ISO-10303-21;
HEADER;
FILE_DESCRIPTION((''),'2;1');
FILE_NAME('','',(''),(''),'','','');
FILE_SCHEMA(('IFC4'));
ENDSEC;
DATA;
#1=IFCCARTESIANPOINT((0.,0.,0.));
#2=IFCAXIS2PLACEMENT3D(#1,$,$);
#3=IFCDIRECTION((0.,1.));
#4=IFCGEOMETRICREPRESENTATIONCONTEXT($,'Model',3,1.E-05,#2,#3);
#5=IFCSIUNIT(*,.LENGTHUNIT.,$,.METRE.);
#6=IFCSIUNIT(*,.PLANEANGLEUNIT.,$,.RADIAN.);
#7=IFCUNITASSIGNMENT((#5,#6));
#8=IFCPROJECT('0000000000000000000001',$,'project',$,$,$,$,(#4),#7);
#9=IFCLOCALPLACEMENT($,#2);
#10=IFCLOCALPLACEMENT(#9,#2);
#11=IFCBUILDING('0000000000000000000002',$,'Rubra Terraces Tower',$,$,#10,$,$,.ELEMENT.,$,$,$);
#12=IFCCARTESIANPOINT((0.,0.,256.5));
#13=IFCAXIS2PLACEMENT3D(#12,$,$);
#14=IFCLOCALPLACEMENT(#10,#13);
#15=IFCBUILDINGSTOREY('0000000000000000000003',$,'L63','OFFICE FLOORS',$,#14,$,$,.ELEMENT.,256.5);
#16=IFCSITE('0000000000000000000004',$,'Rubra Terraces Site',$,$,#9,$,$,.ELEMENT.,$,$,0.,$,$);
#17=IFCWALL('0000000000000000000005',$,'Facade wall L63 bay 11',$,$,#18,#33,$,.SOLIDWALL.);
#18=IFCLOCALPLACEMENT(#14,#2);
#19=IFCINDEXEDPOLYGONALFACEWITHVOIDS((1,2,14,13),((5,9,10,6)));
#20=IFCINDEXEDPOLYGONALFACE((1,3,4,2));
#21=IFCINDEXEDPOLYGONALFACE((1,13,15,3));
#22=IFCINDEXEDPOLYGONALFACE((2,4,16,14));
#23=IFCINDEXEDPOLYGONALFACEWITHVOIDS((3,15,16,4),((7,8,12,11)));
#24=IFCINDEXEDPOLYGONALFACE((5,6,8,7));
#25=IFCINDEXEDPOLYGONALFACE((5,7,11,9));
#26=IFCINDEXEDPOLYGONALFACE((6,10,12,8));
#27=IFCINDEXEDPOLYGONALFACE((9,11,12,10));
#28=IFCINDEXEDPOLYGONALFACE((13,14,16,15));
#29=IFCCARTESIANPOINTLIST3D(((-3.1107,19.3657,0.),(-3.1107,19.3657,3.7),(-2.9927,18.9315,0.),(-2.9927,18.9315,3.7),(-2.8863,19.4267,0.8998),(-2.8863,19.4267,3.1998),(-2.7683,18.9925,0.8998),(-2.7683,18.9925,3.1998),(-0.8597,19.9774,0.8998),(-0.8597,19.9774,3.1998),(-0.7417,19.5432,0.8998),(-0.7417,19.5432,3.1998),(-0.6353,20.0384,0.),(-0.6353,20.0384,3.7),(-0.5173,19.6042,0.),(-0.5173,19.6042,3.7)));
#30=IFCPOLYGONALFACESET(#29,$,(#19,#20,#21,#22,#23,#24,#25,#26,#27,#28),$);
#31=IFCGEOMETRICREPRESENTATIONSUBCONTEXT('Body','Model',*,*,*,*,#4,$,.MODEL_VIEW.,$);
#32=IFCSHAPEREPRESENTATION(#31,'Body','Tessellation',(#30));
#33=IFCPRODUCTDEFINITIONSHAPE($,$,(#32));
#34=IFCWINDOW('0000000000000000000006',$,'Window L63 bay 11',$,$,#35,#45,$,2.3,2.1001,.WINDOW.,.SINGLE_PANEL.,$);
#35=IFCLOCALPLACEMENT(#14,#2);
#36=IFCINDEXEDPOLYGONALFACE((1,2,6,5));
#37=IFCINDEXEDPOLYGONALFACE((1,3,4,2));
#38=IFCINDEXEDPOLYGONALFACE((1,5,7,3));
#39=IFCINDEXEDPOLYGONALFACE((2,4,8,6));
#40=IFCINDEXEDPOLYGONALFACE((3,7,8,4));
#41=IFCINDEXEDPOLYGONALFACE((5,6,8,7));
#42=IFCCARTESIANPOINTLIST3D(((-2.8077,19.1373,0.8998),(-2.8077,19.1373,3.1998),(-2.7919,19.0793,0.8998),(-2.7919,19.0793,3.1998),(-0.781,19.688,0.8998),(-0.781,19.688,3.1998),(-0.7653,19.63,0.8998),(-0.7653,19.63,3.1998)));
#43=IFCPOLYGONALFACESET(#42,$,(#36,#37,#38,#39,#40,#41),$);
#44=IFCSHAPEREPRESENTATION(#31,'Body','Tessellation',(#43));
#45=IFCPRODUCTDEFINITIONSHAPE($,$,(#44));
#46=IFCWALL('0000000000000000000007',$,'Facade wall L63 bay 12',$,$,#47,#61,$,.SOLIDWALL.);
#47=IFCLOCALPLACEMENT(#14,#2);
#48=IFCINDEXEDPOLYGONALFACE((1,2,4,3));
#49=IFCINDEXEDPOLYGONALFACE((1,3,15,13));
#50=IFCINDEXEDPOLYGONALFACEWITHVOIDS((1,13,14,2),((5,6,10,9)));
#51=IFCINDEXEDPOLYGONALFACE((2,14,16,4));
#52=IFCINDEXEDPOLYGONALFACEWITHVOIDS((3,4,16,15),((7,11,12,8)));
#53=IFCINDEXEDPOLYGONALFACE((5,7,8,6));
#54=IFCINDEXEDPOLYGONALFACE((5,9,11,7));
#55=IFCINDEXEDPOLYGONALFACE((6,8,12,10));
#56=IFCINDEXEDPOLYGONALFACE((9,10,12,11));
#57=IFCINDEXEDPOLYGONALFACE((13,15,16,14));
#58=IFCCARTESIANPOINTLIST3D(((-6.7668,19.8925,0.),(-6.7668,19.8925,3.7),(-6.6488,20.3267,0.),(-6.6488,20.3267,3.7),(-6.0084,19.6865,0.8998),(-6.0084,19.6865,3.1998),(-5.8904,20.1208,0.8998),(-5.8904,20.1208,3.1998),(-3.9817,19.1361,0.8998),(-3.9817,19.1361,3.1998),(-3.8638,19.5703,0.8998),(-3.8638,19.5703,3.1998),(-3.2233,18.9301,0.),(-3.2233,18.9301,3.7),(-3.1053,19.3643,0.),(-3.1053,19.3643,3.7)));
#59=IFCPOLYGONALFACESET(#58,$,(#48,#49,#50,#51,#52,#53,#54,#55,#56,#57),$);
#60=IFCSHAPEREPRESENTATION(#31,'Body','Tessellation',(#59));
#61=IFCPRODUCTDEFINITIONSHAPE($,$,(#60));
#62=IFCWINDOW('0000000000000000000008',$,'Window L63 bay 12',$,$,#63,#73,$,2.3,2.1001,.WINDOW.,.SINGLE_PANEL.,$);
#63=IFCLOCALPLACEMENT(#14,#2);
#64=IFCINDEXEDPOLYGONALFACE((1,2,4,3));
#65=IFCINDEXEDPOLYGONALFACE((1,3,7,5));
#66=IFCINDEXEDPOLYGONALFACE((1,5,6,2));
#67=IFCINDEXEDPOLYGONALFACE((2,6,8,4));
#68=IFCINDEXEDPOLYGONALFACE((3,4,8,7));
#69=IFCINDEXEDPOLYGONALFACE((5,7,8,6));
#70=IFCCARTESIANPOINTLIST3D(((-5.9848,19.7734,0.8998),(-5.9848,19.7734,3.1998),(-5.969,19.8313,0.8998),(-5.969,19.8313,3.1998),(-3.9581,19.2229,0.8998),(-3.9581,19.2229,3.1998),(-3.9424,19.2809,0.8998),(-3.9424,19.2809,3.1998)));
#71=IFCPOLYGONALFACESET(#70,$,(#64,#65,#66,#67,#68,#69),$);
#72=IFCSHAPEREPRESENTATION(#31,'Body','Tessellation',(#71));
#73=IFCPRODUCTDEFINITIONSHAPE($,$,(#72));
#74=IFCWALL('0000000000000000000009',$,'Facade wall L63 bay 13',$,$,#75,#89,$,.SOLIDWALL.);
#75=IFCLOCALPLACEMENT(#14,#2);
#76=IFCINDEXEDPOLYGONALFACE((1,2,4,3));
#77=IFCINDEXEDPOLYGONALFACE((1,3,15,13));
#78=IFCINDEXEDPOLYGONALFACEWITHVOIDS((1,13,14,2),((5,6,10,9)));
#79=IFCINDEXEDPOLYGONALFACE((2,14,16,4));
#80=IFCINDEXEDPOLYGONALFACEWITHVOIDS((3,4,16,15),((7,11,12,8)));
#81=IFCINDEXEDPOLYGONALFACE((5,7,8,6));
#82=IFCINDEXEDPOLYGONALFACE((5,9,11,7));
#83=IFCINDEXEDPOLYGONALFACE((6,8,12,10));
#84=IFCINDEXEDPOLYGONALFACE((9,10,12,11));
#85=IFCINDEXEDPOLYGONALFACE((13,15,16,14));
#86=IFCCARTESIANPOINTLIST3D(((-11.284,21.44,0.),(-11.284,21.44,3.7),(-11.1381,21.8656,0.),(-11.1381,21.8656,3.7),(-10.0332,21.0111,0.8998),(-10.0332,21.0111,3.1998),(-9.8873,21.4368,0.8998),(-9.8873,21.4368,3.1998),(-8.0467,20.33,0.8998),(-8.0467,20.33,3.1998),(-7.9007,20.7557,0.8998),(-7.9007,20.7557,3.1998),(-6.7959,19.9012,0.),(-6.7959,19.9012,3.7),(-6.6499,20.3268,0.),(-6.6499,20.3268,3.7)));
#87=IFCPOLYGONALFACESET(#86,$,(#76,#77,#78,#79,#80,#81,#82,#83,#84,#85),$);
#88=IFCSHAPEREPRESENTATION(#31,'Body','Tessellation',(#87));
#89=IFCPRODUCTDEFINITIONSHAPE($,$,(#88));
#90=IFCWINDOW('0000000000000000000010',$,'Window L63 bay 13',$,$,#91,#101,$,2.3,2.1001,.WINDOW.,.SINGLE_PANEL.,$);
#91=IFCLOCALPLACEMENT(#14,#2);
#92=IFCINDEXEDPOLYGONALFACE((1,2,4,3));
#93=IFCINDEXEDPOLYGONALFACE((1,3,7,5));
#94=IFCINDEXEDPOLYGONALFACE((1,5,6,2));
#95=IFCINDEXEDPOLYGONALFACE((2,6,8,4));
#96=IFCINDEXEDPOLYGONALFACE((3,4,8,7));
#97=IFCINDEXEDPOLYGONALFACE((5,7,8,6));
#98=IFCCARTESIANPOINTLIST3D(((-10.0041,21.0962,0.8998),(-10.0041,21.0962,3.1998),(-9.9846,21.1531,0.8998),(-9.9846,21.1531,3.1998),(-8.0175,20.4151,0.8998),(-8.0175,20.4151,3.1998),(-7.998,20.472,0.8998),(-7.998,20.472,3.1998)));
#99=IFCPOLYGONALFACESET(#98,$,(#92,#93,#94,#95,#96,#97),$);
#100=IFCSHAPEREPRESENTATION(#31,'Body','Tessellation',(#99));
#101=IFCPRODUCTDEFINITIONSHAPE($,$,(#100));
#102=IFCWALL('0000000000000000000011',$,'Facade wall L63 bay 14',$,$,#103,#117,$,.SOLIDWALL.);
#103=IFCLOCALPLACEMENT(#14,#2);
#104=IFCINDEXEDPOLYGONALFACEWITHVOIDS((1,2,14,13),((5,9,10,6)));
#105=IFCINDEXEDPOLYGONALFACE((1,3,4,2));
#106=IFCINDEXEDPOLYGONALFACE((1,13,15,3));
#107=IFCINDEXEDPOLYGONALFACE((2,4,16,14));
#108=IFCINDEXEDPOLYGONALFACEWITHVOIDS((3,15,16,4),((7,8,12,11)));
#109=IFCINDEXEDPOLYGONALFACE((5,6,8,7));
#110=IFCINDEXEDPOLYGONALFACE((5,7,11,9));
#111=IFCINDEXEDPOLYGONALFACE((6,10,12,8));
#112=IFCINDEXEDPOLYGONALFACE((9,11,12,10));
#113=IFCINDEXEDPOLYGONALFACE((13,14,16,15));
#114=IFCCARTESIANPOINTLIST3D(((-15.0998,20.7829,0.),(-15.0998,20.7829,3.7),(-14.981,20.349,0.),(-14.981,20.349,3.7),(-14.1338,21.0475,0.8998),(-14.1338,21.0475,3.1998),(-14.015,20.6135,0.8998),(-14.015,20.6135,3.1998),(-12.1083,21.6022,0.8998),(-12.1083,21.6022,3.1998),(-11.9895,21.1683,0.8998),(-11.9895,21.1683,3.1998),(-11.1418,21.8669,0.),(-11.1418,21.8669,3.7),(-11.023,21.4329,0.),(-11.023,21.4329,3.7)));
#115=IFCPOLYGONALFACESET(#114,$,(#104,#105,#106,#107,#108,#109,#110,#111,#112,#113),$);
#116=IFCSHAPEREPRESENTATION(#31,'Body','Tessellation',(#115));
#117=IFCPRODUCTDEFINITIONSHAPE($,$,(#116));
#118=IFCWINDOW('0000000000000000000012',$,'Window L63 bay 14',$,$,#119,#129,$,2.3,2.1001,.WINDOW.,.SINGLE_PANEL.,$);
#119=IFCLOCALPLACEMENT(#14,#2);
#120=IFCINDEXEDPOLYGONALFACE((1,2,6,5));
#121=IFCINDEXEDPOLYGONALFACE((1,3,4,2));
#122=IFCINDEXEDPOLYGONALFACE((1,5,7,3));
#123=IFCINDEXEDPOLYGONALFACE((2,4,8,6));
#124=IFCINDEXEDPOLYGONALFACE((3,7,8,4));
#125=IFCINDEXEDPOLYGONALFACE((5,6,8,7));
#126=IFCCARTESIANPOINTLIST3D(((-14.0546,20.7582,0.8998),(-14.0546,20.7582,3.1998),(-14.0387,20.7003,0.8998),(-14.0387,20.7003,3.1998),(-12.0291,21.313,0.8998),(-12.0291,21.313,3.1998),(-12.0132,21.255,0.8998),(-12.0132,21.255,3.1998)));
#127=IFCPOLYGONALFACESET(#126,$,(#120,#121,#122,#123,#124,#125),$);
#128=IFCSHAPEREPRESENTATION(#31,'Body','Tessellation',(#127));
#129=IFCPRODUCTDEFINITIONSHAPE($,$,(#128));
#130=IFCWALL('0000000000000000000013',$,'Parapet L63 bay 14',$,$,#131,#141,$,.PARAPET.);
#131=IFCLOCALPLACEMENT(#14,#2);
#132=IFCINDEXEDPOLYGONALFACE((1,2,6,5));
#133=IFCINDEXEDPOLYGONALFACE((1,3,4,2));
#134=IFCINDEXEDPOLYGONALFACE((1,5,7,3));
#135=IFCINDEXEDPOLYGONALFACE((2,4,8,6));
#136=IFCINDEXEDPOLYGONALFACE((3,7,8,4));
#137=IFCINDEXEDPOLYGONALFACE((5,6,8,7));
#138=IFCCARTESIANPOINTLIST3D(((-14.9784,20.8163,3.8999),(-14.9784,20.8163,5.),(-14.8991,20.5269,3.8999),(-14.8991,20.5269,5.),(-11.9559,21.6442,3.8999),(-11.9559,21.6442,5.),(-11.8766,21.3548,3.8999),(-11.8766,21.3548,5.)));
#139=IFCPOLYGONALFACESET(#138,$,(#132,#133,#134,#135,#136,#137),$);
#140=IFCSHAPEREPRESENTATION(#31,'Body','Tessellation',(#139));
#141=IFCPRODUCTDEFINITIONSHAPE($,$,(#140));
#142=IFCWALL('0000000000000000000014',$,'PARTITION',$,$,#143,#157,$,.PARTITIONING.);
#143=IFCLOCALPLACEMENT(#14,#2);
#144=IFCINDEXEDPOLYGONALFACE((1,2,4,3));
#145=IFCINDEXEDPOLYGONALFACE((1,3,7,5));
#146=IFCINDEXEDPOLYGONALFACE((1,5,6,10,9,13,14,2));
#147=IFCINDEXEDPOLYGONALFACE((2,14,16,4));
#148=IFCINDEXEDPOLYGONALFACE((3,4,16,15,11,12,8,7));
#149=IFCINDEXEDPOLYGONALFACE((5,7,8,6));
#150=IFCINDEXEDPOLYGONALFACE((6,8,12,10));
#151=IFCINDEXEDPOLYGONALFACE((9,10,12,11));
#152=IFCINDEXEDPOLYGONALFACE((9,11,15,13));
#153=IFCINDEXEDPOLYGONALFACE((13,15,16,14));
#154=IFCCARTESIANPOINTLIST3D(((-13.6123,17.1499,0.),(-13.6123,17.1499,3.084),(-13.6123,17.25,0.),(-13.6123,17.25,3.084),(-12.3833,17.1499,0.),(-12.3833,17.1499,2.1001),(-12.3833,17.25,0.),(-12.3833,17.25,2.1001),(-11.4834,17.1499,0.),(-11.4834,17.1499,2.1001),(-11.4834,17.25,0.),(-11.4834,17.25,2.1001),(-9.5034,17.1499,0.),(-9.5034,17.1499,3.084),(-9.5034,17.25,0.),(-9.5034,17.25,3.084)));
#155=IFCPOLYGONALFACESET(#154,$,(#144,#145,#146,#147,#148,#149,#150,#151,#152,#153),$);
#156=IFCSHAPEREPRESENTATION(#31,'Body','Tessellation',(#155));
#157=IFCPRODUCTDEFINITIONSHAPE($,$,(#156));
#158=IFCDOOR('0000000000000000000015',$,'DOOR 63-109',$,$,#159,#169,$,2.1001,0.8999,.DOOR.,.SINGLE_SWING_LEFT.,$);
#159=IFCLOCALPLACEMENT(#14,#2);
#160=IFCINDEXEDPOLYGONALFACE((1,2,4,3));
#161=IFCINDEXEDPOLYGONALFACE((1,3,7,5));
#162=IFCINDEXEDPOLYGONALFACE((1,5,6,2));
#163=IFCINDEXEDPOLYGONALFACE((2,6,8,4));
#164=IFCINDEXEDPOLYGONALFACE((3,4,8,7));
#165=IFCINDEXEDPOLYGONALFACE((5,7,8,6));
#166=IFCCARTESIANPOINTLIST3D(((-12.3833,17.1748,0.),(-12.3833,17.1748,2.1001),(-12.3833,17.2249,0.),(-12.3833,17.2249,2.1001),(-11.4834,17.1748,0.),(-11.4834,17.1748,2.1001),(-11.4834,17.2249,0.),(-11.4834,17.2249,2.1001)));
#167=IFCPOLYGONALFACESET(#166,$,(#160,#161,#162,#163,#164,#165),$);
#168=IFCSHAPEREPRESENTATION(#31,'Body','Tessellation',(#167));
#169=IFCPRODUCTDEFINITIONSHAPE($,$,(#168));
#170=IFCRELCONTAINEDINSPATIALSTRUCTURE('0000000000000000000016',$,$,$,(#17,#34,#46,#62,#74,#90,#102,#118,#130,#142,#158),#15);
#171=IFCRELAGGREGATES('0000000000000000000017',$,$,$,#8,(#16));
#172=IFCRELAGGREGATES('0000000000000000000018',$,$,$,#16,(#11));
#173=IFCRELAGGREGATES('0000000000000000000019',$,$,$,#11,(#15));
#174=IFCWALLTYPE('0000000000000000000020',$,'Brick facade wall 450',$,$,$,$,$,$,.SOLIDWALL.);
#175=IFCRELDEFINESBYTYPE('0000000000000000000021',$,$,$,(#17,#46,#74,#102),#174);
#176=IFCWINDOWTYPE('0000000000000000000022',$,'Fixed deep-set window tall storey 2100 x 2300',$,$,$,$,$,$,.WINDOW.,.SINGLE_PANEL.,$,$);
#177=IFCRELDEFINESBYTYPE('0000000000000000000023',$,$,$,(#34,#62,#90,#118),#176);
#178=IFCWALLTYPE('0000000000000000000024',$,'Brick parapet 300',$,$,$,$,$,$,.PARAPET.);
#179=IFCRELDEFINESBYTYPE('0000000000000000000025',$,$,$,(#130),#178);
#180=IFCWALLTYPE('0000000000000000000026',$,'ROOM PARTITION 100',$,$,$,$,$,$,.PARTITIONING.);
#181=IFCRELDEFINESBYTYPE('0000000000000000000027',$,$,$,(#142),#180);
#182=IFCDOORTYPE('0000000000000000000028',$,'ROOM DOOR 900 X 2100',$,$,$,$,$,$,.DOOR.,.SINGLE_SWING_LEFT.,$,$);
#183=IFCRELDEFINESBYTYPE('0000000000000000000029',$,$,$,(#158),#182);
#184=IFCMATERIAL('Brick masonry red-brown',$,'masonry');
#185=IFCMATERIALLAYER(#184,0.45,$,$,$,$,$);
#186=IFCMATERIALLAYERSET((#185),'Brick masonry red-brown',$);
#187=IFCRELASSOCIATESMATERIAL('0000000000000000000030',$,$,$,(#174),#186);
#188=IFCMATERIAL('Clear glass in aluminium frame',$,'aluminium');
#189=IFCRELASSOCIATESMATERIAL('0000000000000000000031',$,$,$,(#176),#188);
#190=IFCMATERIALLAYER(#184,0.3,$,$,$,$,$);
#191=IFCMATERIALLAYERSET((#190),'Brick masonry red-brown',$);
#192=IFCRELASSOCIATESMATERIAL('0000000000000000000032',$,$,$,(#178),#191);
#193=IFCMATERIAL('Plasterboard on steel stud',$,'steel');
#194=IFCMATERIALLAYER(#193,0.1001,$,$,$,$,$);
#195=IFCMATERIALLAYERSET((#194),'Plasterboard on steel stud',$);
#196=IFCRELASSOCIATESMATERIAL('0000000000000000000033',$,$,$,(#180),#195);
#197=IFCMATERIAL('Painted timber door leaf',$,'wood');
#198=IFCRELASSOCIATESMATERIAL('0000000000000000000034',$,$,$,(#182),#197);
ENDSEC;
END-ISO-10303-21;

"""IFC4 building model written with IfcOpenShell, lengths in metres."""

from ifc_helpers import new_model, si_unit, direction, frame, frame_2d, origin, place, context, subcontext, project, spatial, rectangle, extrude, material, layer, layer_set, type_object, element, fill, save


model = new_model("IFC4")

# Units and contexts
model_context = context("Model", 3, precision=1e-05, world=origin(), true_north=direction((0.0, 1.0)))
body_context = subcontext(model_context, "Body", "Model", "MODEL_VIEW")
ifc_project = project(units=[si_unit("LENGTHUNIT", "METRE"), si_unit("PLANEANGLEUNIT", "RADIAN")], contexts=[model_context])

# Site, building, storey
site_placement = place(None, origin())
site = spatial("IfcSite", under=ifc_project, at=site_placement, Name="Rubra Terraces Site", CompositionType="ELEMENT", RefElevation=0.0)
building_placement = place(site_placement, origin())
building = spatial("IfcBuilding", under=site, at=building_placement, Name="Rubra Terraces Tower", CompositionType="ELEMENT")
storey_placement = place(building_placement, frame((0.0, 0.0, 256.5)))
storey = spatial("IfcBuildingStorey", under=building, at=storey_placement, Name="L63", Description="OFFICE FLOORS", CompositionType="ELEMENT", Elevation=256.5)

# Walls, openings, windows
ifc_material_1 = material(Name="Brick masonry red-brown", Category="masonry")
ifc_layer_1 = layer(ifc_material_1, 0.45)
ifc_layer_set_1 = layer_set([ifc_layer_1], Name="Brick masonry red-brown")
wall_type_1 = type_object("IfcWallType", Name="Brick facade wall 450", PredefinedType="SOLIDWALL", material=ifc_layer_set_1)
wall_1_placement = place(storey_placement, frame((-0.5762, 19.8213, 0.0), z_axis=(0.0, 0.0, 1.0), x_axis=(-0.965009, -0.262215, 0.0)))
wall_1 = element("IfcWall", 1, at=wall_1_placement, inside=storey, type_object=wall_type_1, Name="Facade wall L63 bay 11", PredefinedType="SOLIDWALL", context=body_context, shape_type="SweptSolid", body=[
    extrude(rectangle(XDim=2.5652, YDim=0.45, at=frame_2d((1.2827, 0.0))), origin(), (0.0, 0.0, 1.0), 3.7),
])
opening_1_placement = place(wall_1_placement, frame((0.2327, 0.0, 0.8999)))
opening_1 = element("IfcOpeningElement", 2, at=opening_1_placement, cuts=wall_1, PredefinedType="OPENING", context=body_context, shape_type="SweptSolid", body=[
    extrude(rectangle(XDim=2.1001, YDim=2.3, at=frame_2d((1.05, 1.1499))), frame((0.0, 0.2349, 0.0), z_axis=(0.0, -1.0, 0.0), x_axis=(1.0, 0.0, 0.0)), (0.0, 0.0, 1.0), 0.47),
])
ifc_material_2 = material(Name="Clear glass in aluminium frame", Category="aluminium")
window_type = type_object("IfcWindowType", Name="Fixed deep-set window tall storey 2100 x 2300", PartitioningType="SINGLE_PANEL", PredefinedType="WINDOW", material=ifc_material_2)
window_1_placement = place(opening_1_placement, origin())
window_1 = element("IfcWindow", 3, at=window_1_placement, inside=storey, type_object=window_type, Name="Window L63 bay 11", OverallHeight=2.3, OverallWidth=2.1001, PartitioningType="SINGLE_PANEL", PredefinedType="WINDOW", context=body_context, shape_type="SweptSolid", body=[
    extrude(rectangle(XDim=2.1001, YDim=2.3, at=frame_2d((1.05, 1.1499))), frame((0.0, 0.135, 0.0), z_axis=(0.0, -1.0, 0.0), x_axis=(1.0, 0.0, 0.0)), (0.0, 0.0, 1.0), 0.0601),
])
fill(opening_1, window_1)
wall_2_placement = place(storey_placement, frame((-3.1643, 19.1472, 0.0), z_axis=(0.0, 0.0, 1.0), x_axis=(-0.965039, 0.262105, 0.0)))
wall_2 = element("IfcWall", 4, at=wall_2_placement, inside=storey, type_object=wall_type_1, Name="Facade wall L63 bay 12", PredefinedType="SOLIDWALL", context=body_context, shape_type="SweptSolid", body=[
    extrude(rectangle(XDim=3.6719, YDim=0.45, at=frame_2d((1.8359, 0.0))), origin(), (0.0, 0.0, 1.0), 3.7),
])
opening_2_placement = place(wall_2_placement, frame((0.7859, 0.0, 0.8999)))
opening_2 = element("IfcOpeningElement", 5, at=opening_2_placement, cuts=wall_2, PredefinedType="OPENING", context=body_context, shape_type="SweptSolid", body=[
    extrude(rectangle(XDim=2.1001, YDim=2.3, at=frame_2d((1.05, 1.1499))), frame((0.0, 0.2349, 0.0), z_axis=(0.0, -1.0, 0.0), x_axis=(1.0, 0.0, 0.0)), (0.0, 0.0, 1.0), 0.47),
])
window_2_placement = place(opening_2_placement, origin())
window_2 = element("IfcWindow", 6, at=window_2_placement, inside=storey, type_object=window_type, Name="Window L63 bay 12", OverallHeight=2.3, OverallWidth=2.1001, PartitioningType="SINGLE_PANEL", PredefinedType="WINDOW", context=body_context, shape_type="SweptSolid", body=[
    extrude(rectangle(XDim=2.1001, YDim=2.3, at=frame_2d((1.05, 1.1499))), frame((0.0, 0.135, 0.0), z_axis=(0.0, -1.0, 0.0), x_axis=(1.0, 0.0, 0.0)), (0.0, 0.0, 1.0), 0.0601),
])
fill(opening_2, window_2)
wall_3_placement = place(storey_placement, frame((-6.7229, 20.114, 0.0), z_axis=(0.0, 0.0, 1.0), x_axis=(-0.945947, 0.32432, 0.0)))
wall_3 = element("IfcWall", 7, at=wall_3_placement, inside=storey, type_object=wall_type_1, Name="Facade wall L63 bay 13", PredefinedType="SOLIDWALL", context=body_context, shape_type="SweptSolid", body=[
    extrude(rectangle(XDim=4.7446, YDim=0.45, at=frame_2d((2.3723, 0.0))), origin(), (0.0, 0.0, 1.0), 3.7),
])
opening_3_placement = place(wall_3_placement, frame((1.3223, 0.0, 0.8999)))
opening_3 = element("IfcOpeningElement", 8, at=opening_3_placement, cuts=wall_3, PredefinedType="OPENING", context=body_context, shape_type="SweptSolid", body=[
    extrude(rectangle(XDim=2.1001, YDim=2.3, at=frame_2d((1.05, 1.1499))), frame((0.0, 0.2349, 0.0), z_axis=(0.0, -1.0, 0.0), x_axis=(1.0, 0.0, 0.0)), (0.0, 0.0, 1.0), 0.47),
])
window_3_placement = place(opening_3_placement, origin())
window_3 = element("IfcWindow", 9, at=window_3_placement, inside=storey, type_object=window_type, Name="Window L63 bay 13", OverallHeight=2.3, OverallWidth=2.1001, PartitioningType="SINGLE_PANEL", PredefinedType="WINDOW", context=body_context, shape_type="SweptSolid", body=[
    extrude(rectangle(XDim=2.1001, YDim=2.3, at=frame_2d((1.05, 1.1499))), frame((0.0, 0.135, 0.0), z_axis=(0.0, -1.0, 0.0), x_axis=(1.0, 0.0, 0.0)), (0.0, 0.0, 1.0), 0.0601),
])
fill(opening_3, window_3)
wall_4_placement = place(storey_placement, frame((-11.0825, 21.6499, 0.0), z_axis=(0.0, 0.0, 1.0), x_axis=(-0.964483, -0.264144, 0.0)))
wall_4 = element("IfcWall", 10, at=wall_4_placement, inside=storey, type_object=wall_type_1, Name="Facade wall L63 bay 14", PredefinedType="SOLIDWALL", context=body_context, shape_type="SweptSolid", body=[
    extrude(rectangle(XDim=4.1038, YDim=0.45, at=frame_2d((2.0518, 0.0))), origin(), (0.0, 0.0, 1.0), 3.7),
])
opening_4_placement = place(wall_4_placement, frame((1.002, 0.0, 0.8999)))
opening_4 = element("IfcOpeningElement", 11, at=opening_4_placement, cuts=wall_4, PredefinedType="OPENING", context=body_context, shape_type="SweptSolid", body=[
    extrude(rectangle(XDim=2.1001, YDim=2.3, at=frame_2d((1.05, 1.1499))), frame((0.0, 0.2349, 0.0), z_axis=(0.0, -1.0, 0.0), x_axis=(1.0, 0.0, 0.0)), (0.0, 0.0, 1.0), 0.47),
])
window_4_placement = place(opening_4_placement, origin())
window_4 = element("IfcWindow", 12, at=window_4_placement, inside=storey, type_object=window_type, Name="Window L63 bay 14", OverallHeight=2.3, OverallWidth=2.1001, PartitioningType="SINGLE_PANEL", PredefinedType="WINDOW", context=body_context, shape_type="SweptSolid", body=[
    extrude(rectangle(XDim=2.1001, YDim=2.3, at=frame_2d((1.05, 1.1499))), frame((0.0, 0.135, 0.0), z_axis=(0.0, -1.0, 0.0), x_axis=(1.0, 0.0, 0.0)), (0.0, 0.0, 1.0), 0.0601),
])
fill(opening_4, window_4)

# Wall
ifc_layer_2 = layer(ifc_material_1, 0.3)
ifc_layer_set_2 = layer_set([ifc_layer_2], Name="Brick masonry red-brown")
wall_type_2 = type_object("IfcWallType", Name="Brick parapet 300", PredefinedType="PARAPET", material=ifc_layer_set_2)
wall_5_placement = place(storey_placement, frame((-11.9163, 21.4995, 3.8999), z_axis=(0.0, 0.0, 1.0), x_axis=(-0.964474, -0.264179, 0.0)))
element("IfcWall", 13, at=wall_5_placement, inside=storey, type_object=wall_type_2, Name="Parapet L63 bay 14", PredefinedType="PARAPET", context=body_context, shape_type="SweptSolid", body=[
    extrude(rectangle(XDim=3.1338, YDim=0.3, at=frame_2d((1.5669, 0.0))), origin(), (0.0, 0.0, 1.0), 1.1001),
])

# Wall, opening, door
ifc_material_3 = material(Name="Plasterboard on steel stud", Category="steel")
ifc_layer_3 = layer(ifc_material_3, 0.1001)
ifc_layer_set_3 = layer_set([ifc_layer_3], Name="Plasterboard on steel stud")
wall_type_3 = type_object("IfcWallType", Name="ROOM PARTITION 100", PredefinedType="PARTITIONING", material=ifc_layer_set_3)
wall_6_placement = place(storey_placement, frame((-13.6123, 17.2, 0.0), z_axis=(0.0, 0.0, 1.0), x_axis=(1.0, 0.0, 0.0)))
wall_6 = element("IfcWall", 14, at=wall_6_placement, inside=storey, type_object=wall_type_3, Name="PARTITION", PredefinedType="PARTITIONING", context=body_context, shape_type="SweptSolid", body=[
    extrude(rectangle(XDim=4.1089, YDim=0.1001, at=frame_2d((2.0544, 0.0))), origin(), (0.0, 0.0, 1.0), 3.084),
])
opening_5_placement = place(wall_6_placement, frame((1.229, 0.0, 0.0)))
opening_5 = element("IfcOpeningElement", 15, at=opening_5_placement, cuts=wall_6, PredefinedType="OPENING", context=body_context, shape_type="SweptSolid", body=[
    extrude(rectangle(XDim=0.8999, YDim=2.1001, at=frame_2d((0.45, 1.05))), frame((0.0, 0.0601, 0.0), z_axis=(0.0, -1.0, 0.0), x_axis=(1.0, 0.0, 0.0)), (0.0, 0.0, 1.0), 0.1201),
])
ifc_material_4 = material(Name="Painted timber door leaf", Category="wood")
door_type_1 = type_object("IfcDoorType", Name="ROOM DOOR 900 X 2100", OperationType="SINGLE_SWING_LEFT", PredefinedType="DOOR", material=ifc_material_4)
door_1_placement = place(opening_5_placement, origin())
door_1 = element("IfcDoor", 16, at=door_1_placement, inside=storey, type_object=door_type_1, Name="DOOR 63-109", OperationType="SINGLE_SWING_LEFT", OverallHeight=2.1001, OverallWidth=0.8999, PredefinedType="DOOR", context=body_context, shape_type="SweptSolid", body=[
    extrude(rectangle(XDim=0.8999, YDim=2.1001, at=frame_2d((0.45, 1.05))), frame((0.0, 0.0249, 0.0), z_axis=(0.0, -1.0, 0.0), x_axis=(1.0, 0.0, 0.0)), (0.0, 0.0, 1.0), 0.05),
])
fill(opening_5, door_1)

save(model, "model.ifc")
